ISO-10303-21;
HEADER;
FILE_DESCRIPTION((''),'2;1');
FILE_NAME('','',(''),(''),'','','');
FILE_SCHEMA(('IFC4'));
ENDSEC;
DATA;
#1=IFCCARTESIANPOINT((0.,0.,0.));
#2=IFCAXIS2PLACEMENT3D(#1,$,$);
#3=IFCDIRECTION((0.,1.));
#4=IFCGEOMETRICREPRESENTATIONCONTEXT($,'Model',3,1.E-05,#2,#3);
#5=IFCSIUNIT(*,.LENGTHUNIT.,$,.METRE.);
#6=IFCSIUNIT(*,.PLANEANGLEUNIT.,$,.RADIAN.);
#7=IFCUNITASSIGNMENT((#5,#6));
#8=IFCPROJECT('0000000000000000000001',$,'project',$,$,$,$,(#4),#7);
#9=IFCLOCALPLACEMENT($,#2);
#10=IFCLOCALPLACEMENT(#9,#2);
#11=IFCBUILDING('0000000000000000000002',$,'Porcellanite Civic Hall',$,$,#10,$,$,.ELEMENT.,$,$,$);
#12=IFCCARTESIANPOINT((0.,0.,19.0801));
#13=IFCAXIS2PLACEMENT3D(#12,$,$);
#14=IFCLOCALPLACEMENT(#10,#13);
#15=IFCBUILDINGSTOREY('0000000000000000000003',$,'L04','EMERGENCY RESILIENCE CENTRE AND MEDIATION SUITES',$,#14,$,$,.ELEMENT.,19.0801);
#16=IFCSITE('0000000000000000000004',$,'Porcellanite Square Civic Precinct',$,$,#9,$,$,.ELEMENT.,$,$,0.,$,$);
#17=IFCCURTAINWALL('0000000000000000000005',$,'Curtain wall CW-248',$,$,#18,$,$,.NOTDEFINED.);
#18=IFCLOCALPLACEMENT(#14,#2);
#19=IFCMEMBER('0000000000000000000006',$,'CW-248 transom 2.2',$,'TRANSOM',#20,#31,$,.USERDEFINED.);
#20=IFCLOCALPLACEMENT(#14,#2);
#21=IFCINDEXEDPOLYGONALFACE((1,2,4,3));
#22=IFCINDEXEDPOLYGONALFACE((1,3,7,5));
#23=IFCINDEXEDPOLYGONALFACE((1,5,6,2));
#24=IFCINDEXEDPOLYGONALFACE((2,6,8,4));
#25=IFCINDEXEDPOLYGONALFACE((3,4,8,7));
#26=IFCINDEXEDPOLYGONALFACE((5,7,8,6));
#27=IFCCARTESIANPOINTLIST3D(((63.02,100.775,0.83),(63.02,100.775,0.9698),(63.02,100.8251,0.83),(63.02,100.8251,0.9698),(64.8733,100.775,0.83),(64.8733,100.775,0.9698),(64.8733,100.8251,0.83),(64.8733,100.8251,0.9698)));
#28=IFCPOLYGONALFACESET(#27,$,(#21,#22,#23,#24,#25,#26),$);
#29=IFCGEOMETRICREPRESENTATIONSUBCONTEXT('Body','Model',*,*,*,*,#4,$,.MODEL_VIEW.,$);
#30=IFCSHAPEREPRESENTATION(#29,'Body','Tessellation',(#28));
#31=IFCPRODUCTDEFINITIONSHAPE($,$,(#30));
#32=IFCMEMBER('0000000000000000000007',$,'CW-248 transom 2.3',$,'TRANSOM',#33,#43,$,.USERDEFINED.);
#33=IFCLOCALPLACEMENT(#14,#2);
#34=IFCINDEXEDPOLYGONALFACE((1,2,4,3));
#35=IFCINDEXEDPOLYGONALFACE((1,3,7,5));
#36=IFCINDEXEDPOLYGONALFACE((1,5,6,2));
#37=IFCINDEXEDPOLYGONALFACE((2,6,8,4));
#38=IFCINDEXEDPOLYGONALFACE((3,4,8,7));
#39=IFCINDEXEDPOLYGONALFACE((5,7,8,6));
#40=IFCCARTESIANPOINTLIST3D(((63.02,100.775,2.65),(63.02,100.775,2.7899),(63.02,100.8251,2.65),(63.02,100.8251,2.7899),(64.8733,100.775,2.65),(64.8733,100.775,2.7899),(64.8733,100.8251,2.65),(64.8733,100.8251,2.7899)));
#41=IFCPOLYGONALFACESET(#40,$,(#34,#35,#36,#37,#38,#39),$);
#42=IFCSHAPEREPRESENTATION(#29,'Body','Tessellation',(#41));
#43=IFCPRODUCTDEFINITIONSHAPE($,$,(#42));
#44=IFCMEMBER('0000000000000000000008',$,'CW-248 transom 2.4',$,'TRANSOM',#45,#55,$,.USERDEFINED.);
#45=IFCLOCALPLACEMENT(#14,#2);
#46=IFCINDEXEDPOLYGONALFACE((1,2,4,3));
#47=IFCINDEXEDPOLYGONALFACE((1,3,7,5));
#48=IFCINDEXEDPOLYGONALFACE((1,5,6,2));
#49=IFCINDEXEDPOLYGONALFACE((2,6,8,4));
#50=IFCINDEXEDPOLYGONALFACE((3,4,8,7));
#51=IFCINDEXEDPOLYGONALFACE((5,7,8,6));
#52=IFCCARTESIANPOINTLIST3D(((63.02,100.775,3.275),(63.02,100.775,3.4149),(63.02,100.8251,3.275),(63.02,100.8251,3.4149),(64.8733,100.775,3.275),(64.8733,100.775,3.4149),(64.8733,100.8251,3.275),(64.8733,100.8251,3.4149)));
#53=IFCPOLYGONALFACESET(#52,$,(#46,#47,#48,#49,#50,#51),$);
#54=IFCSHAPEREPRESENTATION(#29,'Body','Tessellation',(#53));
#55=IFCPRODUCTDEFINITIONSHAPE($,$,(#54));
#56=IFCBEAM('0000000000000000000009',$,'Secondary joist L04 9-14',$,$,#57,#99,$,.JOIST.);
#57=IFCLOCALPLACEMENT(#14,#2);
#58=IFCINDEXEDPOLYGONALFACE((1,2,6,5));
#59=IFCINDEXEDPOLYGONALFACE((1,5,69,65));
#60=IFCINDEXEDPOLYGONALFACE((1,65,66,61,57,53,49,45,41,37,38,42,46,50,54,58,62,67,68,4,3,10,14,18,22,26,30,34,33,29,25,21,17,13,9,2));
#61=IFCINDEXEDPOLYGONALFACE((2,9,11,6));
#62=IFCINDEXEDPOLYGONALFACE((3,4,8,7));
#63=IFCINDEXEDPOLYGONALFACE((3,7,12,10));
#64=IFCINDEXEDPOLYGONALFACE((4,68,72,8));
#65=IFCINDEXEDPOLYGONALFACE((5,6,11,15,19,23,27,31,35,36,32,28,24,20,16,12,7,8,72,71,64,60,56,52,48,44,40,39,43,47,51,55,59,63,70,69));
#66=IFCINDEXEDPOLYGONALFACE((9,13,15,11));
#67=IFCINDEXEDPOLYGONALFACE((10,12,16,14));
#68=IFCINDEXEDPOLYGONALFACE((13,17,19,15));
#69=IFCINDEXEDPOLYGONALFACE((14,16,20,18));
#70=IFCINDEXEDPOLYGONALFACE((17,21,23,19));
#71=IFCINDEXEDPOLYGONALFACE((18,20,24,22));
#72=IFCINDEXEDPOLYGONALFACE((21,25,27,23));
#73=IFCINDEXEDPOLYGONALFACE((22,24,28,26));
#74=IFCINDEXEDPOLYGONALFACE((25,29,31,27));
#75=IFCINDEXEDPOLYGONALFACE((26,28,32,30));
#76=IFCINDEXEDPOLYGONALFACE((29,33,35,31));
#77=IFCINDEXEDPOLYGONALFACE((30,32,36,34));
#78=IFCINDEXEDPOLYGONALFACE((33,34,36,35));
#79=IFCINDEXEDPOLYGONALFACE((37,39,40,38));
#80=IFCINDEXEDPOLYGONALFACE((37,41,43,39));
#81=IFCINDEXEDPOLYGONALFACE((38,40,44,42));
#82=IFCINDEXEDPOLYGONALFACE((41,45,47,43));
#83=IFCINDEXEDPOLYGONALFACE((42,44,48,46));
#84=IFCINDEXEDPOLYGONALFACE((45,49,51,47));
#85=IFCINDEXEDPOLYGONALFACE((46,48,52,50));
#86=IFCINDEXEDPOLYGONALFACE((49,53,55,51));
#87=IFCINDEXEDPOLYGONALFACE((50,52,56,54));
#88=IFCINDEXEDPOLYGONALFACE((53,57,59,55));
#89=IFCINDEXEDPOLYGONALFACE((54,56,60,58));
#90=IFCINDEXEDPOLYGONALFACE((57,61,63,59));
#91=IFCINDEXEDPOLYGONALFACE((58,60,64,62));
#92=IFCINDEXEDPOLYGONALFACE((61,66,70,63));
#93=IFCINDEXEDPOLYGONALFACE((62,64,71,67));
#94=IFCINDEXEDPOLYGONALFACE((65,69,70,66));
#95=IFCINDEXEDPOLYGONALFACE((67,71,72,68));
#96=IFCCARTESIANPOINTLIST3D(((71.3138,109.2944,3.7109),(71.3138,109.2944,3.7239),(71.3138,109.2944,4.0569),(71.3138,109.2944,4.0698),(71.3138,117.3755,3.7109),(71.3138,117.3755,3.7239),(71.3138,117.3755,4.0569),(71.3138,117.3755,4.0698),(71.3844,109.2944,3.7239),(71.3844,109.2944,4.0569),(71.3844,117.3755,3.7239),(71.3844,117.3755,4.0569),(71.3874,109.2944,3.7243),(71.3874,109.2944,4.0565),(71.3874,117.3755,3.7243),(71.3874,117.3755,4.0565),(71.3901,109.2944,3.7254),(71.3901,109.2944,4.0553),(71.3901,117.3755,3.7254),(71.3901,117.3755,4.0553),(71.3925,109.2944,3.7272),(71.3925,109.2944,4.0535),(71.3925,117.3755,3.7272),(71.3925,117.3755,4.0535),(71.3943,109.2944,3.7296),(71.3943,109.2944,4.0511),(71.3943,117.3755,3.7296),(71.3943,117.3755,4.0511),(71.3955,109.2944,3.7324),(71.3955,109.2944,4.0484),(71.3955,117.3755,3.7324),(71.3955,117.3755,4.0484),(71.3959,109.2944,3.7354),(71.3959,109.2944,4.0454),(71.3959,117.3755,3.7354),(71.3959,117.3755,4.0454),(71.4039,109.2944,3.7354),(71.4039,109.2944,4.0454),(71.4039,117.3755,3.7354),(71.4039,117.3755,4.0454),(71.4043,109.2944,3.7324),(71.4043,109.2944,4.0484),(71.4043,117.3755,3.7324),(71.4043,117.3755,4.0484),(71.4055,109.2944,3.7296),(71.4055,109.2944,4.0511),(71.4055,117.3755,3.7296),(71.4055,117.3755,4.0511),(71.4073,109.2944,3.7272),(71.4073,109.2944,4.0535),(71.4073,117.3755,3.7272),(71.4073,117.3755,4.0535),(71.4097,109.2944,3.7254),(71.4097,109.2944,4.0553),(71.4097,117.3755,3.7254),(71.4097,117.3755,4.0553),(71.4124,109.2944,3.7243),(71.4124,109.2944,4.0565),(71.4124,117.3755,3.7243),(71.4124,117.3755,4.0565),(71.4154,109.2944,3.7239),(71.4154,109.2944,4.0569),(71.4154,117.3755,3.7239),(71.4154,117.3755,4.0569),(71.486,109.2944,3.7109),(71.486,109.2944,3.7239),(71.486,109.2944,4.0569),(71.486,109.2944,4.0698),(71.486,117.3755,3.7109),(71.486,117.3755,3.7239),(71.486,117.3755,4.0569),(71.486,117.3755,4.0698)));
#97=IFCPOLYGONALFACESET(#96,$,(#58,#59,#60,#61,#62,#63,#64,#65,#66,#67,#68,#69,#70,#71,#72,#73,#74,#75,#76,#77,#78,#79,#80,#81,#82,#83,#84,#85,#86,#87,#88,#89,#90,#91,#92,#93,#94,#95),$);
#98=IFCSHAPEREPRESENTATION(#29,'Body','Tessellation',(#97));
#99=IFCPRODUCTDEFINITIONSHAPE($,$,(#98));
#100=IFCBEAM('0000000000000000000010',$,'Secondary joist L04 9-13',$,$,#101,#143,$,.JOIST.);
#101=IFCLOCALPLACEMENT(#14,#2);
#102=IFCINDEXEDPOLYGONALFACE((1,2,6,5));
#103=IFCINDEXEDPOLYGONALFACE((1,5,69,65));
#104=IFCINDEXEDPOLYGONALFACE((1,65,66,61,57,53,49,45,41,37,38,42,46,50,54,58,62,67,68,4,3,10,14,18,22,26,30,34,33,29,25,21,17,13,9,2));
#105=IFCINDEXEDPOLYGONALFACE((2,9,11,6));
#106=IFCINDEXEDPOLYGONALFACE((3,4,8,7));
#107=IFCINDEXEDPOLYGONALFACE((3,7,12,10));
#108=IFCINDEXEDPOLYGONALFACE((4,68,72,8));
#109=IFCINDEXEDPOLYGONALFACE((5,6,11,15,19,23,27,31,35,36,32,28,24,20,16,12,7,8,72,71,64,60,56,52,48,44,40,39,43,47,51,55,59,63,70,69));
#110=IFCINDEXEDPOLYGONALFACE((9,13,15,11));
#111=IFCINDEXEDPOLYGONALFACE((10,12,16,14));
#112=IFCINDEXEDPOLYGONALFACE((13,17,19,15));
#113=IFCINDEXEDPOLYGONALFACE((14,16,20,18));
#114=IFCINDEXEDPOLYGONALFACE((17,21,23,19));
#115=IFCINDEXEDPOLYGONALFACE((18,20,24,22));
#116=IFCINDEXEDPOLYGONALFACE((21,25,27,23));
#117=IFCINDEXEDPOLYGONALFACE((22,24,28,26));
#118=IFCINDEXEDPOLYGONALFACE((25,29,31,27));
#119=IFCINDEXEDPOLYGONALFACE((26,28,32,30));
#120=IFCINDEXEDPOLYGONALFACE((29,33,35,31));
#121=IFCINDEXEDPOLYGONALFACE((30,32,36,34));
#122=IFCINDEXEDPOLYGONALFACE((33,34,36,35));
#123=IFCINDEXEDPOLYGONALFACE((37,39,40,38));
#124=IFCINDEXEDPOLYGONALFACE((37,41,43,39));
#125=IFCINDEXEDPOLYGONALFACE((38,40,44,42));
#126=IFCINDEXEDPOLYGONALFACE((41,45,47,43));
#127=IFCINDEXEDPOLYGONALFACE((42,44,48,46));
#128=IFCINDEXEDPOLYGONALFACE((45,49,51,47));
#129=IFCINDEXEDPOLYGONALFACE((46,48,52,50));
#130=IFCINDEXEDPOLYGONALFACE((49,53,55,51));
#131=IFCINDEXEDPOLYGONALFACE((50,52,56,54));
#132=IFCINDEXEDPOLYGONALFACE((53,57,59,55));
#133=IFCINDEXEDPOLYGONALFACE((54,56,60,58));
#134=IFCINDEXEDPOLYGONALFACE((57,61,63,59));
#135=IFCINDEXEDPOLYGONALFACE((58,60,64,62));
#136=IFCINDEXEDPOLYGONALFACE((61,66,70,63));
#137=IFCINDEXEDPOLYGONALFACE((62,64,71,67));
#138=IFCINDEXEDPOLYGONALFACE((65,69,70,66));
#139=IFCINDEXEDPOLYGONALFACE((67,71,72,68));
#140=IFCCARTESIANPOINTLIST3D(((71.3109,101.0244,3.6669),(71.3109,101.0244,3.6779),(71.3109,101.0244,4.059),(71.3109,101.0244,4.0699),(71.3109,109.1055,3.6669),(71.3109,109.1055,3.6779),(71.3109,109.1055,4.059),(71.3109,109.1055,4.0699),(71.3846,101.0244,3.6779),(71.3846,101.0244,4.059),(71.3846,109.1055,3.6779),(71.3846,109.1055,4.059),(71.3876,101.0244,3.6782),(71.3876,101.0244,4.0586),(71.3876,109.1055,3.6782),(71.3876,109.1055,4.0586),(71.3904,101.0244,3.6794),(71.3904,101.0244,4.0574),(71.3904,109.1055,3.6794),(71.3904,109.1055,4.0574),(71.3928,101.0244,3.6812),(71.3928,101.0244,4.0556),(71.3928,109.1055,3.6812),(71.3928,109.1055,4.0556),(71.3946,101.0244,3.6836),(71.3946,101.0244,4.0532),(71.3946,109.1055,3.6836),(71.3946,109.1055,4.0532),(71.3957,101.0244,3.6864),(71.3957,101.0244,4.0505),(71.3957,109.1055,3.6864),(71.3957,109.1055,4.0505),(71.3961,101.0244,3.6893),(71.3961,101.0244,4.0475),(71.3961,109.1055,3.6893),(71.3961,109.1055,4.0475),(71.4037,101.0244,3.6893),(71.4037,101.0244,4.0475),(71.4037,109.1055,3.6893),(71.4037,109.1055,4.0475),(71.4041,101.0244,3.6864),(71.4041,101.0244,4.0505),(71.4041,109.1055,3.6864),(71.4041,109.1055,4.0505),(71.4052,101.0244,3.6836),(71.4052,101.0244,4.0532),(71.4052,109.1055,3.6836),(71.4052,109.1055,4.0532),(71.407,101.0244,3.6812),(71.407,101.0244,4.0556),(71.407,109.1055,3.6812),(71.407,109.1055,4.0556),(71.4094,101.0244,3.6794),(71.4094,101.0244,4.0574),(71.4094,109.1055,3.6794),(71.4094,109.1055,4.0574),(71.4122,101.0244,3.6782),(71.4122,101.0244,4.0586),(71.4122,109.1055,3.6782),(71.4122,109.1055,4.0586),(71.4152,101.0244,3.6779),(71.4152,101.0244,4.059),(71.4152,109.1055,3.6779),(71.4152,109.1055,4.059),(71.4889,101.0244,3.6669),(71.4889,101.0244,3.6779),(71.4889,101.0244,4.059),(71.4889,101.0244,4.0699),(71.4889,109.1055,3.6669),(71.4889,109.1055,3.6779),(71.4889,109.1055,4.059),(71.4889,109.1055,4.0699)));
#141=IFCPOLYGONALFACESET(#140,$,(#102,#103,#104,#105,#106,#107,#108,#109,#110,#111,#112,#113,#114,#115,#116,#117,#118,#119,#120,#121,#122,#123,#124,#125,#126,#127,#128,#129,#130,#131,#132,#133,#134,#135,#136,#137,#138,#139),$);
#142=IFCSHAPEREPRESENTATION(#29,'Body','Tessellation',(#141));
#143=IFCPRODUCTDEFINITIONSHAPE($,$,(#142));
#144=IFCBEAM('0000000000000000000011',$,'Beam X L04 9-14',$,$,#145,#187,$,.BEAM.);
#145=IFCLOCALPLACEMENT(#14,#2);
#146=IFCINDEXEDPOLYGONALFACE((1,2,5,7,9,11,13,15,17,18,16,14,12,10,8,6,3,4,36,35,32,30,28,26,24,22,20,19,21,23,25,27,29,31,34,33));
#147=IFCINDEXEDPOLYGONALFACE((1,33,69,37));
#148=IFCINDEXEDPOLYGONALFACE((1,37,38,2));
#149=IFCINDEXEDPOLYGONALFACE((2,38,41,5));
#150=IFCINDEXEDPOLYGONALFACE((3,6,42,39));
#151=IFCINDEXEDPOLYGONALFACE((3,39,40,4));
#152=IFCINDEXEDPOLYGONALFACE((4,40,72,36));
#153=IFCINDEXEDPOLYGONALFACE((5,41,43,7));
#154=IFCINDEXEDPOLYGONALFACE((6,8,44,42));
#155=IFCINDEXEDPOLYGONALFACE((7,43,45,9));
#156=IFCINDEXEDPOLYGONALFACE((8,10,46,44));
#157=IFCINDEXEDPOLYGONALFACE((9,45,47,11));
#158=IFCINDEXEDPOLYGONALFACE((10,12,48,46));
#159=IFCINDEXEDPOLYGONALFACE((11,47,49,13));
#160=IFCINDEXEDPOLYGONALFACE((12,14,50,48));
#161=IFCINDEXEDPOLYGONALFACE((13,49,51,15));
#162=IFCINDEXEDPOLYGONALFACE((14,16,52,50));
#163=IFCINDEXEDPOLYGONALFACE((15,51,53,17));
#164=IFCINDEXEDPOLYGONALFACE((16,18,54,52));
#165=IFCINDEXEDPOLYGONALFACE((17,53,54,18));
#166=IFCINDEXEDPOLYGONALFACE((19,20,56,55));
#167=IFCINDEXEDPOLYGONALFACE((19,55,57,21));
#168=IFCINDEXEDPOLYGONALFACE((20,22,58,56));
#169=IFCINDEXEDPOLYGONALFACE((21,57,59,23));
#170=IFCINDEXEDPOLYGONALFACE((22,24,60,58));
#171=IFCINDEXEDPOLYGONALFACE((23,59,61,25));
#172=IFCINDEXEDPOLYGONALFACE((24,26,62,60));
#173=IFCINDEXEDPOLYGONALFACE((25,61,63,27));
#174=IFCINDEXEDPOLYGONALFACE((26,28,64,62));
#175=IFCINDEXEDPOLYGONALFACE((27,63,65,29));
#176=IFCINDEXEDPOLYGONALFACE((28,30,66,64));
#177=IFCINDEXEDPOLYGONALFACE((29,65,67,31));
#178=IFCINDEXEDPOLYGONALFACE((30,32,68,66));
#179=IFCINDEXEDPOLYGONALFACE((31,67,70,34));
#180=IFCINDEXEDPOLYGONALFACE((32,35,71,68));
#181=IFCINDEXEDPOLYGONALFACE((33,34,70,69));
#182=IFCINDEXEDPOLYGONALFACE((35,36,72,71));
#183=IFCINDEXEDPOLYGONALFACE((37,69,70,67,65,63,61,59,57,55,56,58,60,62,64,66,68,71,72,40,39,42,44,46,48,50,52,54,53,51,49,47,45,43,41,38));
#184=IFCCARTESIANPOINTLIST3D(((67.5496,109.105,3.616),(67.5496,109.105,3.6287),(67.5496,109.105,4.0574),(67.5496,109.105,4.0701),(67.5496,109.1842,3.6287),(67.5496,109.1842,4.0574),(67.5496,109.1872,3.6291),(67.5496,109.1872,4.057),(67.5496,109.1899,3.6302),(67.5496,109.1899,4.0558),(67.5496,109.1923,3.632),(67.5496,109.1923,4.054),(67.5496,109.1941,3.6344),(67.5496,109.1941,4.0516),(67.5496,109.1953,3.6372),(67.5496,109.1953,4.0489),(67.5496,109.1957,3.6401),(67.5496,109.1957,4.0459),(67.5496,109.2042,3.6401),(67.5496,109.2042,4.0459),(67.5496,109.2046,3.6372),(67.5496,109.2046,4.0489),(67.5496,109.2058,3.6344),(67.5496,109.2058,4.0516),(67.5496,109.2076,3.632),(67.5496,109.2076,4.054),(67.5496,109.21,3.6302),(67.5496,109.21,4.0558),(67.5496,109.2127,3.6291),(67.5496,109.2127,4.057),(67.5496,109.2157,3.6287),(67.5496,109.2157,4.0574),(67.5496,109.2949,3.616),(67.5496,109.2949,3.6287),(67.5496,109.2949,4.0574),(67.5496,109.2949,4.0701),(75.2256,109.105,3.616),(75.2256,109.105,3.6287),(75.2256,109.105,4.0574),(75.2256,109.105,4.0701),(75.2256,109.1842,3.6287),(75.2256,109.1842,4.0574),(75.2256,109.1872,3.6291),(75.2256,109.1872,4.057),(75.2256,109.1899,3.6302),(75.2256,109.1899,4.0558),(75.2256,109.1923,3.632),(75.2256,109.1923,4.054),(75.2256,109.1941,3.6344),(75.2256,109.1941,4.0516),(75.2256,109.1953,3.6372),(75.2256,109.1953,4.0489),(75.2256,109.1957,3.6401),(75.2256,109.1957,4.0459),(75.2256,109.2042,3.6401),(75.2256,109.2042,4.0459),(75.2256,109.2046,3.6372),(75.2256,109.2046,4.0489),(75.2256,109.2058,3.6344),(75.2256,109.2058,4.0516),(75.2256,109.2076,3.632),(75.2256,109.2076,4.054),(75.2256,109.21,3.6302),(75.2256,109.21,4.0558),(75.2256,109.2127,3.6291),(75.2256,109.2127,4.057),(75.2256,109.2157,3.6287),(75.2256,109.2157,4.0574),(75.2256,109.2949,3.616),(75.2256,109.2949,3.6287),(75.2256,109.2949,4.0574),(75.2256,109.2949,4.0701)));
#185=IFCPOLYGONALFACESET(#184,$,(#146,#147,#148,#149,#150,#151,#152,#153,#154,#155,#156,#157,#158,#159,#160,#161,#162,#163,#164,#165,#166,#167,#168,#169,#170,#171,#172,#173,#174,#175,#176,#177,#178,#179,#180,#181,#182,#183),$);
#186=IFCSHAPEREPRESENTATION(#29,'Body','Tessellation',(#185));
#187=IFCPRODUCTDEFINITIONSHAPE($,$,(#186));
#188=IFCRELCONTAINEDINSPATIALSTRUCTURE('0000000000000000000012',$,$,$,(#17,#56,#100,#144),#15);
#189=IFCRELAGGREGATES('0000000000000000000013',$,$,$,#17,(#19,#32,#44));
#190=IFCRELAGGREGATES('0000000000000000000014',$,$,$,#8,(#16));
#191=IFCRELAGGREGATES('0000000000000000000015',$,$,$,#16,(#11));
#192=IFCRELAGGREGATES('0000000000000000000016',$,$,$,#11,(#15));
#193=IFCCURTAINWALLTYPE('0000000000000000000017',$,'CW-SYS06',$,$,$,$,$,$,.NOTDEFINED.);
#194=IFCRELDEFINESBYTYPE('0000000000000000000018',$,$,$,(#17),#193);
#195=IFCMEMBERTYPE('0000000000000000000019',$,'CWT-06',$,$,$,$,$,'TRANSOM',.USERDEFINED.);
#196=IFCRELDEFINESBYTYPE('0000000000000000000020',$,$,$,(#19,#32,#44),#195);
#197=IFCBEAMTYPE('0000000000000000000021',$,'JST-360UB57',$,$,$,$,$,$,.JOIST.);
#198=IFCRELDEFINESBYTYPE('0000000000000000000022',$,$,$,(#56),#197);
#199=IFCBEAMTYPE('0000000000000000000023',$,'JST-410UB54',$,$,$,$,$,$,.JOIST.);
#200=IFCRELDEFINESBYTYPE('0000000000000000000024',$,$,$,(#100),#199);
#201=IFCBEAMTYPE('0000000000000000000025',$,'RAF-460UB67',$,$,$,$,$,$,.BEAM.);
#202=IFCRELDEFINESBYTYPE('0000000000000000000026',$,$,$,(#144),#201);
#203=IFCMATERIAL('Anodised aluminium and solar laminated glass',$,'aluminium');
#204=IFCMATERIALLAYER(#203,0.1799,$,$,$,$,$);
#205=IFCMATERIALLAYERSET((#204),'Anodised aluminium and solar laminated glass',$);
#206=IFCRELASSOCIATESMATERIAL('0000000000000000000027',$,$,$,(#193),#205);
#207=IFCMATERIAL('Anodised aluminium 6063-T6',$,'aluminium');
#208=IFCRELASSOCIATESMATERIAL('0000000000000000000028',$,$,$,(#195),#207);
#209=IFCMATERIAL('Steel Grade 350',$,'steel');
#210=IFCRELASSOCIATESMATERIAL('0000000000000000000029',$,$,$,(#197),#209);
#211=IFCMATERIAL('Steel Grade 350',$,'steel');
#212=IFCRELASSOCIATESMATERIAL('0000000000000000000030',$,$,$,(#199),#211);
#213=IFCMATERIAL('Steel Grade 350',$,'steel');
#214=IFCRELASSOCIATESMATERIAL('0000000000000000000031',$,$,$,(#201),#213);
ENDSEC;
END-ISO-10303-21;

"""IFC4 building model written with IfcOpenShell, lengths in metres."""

from ifc_helpers import new_model, si_unit, direction, frame, origin, origin_2d, place, context, subcontext, project, spatial, rectangle, i_section, extrude, material, layer, layer_set, material_profile, profile_set, type_object, element, aggregate, save


model = new_model("IFC4")

# Units and contexts
model_context = context("Model", 3, precision=1e-05, world=origin(), true_north=direction((0.0, 1.0)))
body_context = subcontext(model_context, "Body", "Model", "MODEL_VIEW")
ifc_project = project(units=[si_unit("LENGTHUNIT", "METRE"), si_unit("PLANEANGLEUNIT", "RADIAN")], contexts=[model_context])

# Site, building, storey
site_placement = place(None, origin())
site = spatial("IfcSite", under=ifc_project, at=site_placement, Name="Porcellanite Square Civic Precinct", CompositionType="ELEMENT", RefElevation=0.0)
building_placement = place(site_placement, origin())
building = spatial("IfcBuilding", under=site, at=building_placement, Name="Porcellanite Civic Hall", CompositionType="ELEMENT")
storey_placement = place(building_placement, frame((0.0, 0.0, 19.0801)))
storey = spatial("IfcBuildingStorey", under=building, at=storey_placement, Name="L04", Description="EMERGENCY RESILIENCE CENTRE AND MEDIATION SUITES", CompositionType="ELEMENT", Elevation=19.0801)

# Curtain wall, members
ifc_material_1 = material(Name="Anodised aluminium and solar laminated glass", Category="aluminium")
ifc_layer_1 = layer(ifc_material_1, 0.1799)
ifc_layer_set_1 = layer_set([ifc_layer_1], Name="Anodised aluminium and solar laminated glass")
curtain_wall_type = type_object("IfcCurtainWallType", Name="CW-SYS06", PredefinedType="NOTDEFINED", material=ifc_layer_set_1)
curtain_wall_placement = place(storey_placement, origin())
curtain_wall = element("IfcCurtainWall", 1, at=curtain_wall_placement, inside=storey, type_object=curtain_wall_type, Name="Curtain wall CW-248", PredefinedType="NOTDEFINED")
ifc_material_2 = material(Name="Anodised aluminium 6063-T6", Category="aluminium")
ifc_material_profile_1 = material_profile(ifc_material_2, rectangle(XDim=0.05, YDim=0.1399, at=origin_2d()), Name="AL-50x140")
ifc_profile_set_1 = profile_set([ifc_material_profile_1], Name="Anodised aluminium 6063-T6")
member_type_1 = type_object("IfcMemberType", Name="CWT-06", ElementType="TRANSOM", PredefinedType="USERDEFINED", material=ifc_profile_set_1)
member_1_placement = place(storey_placement, frame((64.8733, 100.8, 0.8999), z_axis=(-1.0, 0.0, 0.0), x_axis=(0.0, -1.0, 0.0)))
member_1 = element("IfcMember", 2, at=member_1_placement, type_object=member_type_1, Name="CW-248 transom 2.2", ObjectType="TRANSOM", PredefinedType="USERDEFINED", context=body_context, shape_type="SweptSolid", body=[
    extrude(rectangle(XDim=0.05, YDim=0.1399, at=origin_2d()), origin(), (0.0, 0.0, 1.0), 1.8533),
])
member_2_placement = place(storey_placement, frame((64.8733, 100.8, 2.72), z_axis=(-1.0, 0.0, 0.0), x_axis=(0.0, -1.0, 0.0)))
member_2 = element("IfcMember", 3, at=member_2_placement, type_object=member_type_1, Name="CW-248 transom 2.3", ObjectType="TRANSOM", PredefinedType="USERDEFINED", context=body_context, shape_type="SweptSolid", body=[
    extrude(rectangle(XDim=0.05, YDim=0.1399, at=origin_2d()), origin(), (0.0, 0.0, 1.0), 1.8533),
])
member_3_placement = place(storey_placement, frame((64.8733, 100.8, 3.345), z_axis=(-1.0, 0.0, 0.0), x_axis=(0.0, -1.0, 0.0)))
member_3 = element("IfcMember", 4, at=member_3_placement, type_object=member_type_1, Name="CW-248 transom 2.4", ObjectType="TRANSOM", PredefinedType="USERDEFINED", context=body_context, shape_type="SweptSolid", body=[
    extrude(rectangle(XDim=0.05, YDim=0.1399, at=origin_2d()), origin(), (0.0, 0.0, 1.0), 1.8533),
])

# Beams
ifc_material_3 = material(Name="Steel Grade 350", Category="steel")
ifc_material_profile_2 = material_profile(ifc_material_3, i_section(OverallWidth=0.1721, OverallDepth=0.3589, WebThickness=0.0081, FlangeThickness=0.0129, FilletRadius=0.0115, at=origin_2d()), Name="360UB56.7")
ifc_profile_set_2 = profile_set([ifc_material_profile_2], Name="Steel Grade 350")
beam_type_1 = type_object("IfcBeamType", Name="JST-360UB57", PredefinedType="JOIST", material=ifc_profile_set_2)
beam_1_placement = place(storey_placement, frame((71.3999, 109.2944, 3.8904), z_axis=(0.0, 1.0, 0.0), x_axis=(-1.0, 0.0, 0.0)))
element("IfcBeam", 5, at=beam_1_placement, inside=storey, type_object=beam_type_1, Name="Secondary joist L04 9-14", PredefinedType="JOIST", context=body_context, shape_type="SweptSolid", body=[
    extrude(i_section(OverallWidth=0.1721, OverallDepth=0.3589, WebThickness=0.0081, FlangeThickness=0.0129, FilletRadius=0.0115, at=origin_2d()), origin(), (0.0, 0.0, 1.0), 8.0811),
])
ifc_material_4 = material(Name="Steel Grade 350", Category="steel")
ifc_material_profile_3 = material_profile(ifc_material_4, i_section(OverallWidth=0.178, OverallDepth=0.4031, WebThickness=0.0076, FlangeThickness=0.011, FilletRadius=0.0115, at=origin_2d()), Name="410UB53.7")
ifc_profile_set_3 = profile_set([ifc_material_profile_3], Name="Steel Grade 350")
beam_type_2 = type_object("IfcBeamType", Name="JST-410UB54", PredefinedType="JOIST", material=ifc_profile_set_3)
beam_2_placement = place(storey_placement, frame((71.3999, 101.0244, 3.8684), z_axis=(0.0, 1.0, 0.0), x_axis=(-1.0, 0.0, 0.0)))
element("IfcBeam", 6, at=beam_2_placement, inside=storey, type_object=beam_type_2, Name="Secondary joist L04 9-13", PredefinedType="JOIST", context=body_context, shape_type="SweptSolid", body=[
    extrude(i_section(OverallWidth=0.178, OverallDepth=0.4031, WebThickness=0.0076, FlangeThickness=0.011, FilletRadius=0.0115, at=origin_2d()), origin(), (0.0, 0.0, 1.0), 8.0811),
])
ifc_material_5 = material(Name="Steel Grade 350", Category="steel")
ifc_material_profile_4 = material_profile(ifc_material_5, i_section(OverallWidth=0.1899, OverallDepth=0.4541, WebThickness=0.0085, FlangeThickness=0.0127, FilletRadius=0.0115, at=origin_2d()), Name="460UB67.1")
ifc_profile_set_4 = profile_set([ifc_material_profile_4], Name="Steel Grade 350")
beam_type_3 = type_object("IfcBeamType", Name="RAF-460UB67", PredefinedType="BEAM", material=ifc_profile_set_4)
beam_3_placement = place(storey_placement, frame((67.5496, 109.2, 3.843), z_axis=(1.0, 0.0, 0.0), x_axis=(0.0, 1.0, 0.0)))
element("IfcBeam", 7, at=beam_3_placement, inside=storey, type_object=beam_type_3, Name="Beam X L04 9-14", PredefinedType="BEAM", context=body_context, shape_type="SweptSolid", body=[
    extrude(i_section(OverallWidth=0.1899, OverallDepth=0.4541, WebThickness=0.0085, FlangeThickness=0.0127, FilletRadius=0.0115, at=origin_2d()), origin(), (0.0, 0.0, 1.0), 7.676),
])

aggregate(curtain_wall, [member_1, member_2, member_3])

save(model, "model.ifc")
